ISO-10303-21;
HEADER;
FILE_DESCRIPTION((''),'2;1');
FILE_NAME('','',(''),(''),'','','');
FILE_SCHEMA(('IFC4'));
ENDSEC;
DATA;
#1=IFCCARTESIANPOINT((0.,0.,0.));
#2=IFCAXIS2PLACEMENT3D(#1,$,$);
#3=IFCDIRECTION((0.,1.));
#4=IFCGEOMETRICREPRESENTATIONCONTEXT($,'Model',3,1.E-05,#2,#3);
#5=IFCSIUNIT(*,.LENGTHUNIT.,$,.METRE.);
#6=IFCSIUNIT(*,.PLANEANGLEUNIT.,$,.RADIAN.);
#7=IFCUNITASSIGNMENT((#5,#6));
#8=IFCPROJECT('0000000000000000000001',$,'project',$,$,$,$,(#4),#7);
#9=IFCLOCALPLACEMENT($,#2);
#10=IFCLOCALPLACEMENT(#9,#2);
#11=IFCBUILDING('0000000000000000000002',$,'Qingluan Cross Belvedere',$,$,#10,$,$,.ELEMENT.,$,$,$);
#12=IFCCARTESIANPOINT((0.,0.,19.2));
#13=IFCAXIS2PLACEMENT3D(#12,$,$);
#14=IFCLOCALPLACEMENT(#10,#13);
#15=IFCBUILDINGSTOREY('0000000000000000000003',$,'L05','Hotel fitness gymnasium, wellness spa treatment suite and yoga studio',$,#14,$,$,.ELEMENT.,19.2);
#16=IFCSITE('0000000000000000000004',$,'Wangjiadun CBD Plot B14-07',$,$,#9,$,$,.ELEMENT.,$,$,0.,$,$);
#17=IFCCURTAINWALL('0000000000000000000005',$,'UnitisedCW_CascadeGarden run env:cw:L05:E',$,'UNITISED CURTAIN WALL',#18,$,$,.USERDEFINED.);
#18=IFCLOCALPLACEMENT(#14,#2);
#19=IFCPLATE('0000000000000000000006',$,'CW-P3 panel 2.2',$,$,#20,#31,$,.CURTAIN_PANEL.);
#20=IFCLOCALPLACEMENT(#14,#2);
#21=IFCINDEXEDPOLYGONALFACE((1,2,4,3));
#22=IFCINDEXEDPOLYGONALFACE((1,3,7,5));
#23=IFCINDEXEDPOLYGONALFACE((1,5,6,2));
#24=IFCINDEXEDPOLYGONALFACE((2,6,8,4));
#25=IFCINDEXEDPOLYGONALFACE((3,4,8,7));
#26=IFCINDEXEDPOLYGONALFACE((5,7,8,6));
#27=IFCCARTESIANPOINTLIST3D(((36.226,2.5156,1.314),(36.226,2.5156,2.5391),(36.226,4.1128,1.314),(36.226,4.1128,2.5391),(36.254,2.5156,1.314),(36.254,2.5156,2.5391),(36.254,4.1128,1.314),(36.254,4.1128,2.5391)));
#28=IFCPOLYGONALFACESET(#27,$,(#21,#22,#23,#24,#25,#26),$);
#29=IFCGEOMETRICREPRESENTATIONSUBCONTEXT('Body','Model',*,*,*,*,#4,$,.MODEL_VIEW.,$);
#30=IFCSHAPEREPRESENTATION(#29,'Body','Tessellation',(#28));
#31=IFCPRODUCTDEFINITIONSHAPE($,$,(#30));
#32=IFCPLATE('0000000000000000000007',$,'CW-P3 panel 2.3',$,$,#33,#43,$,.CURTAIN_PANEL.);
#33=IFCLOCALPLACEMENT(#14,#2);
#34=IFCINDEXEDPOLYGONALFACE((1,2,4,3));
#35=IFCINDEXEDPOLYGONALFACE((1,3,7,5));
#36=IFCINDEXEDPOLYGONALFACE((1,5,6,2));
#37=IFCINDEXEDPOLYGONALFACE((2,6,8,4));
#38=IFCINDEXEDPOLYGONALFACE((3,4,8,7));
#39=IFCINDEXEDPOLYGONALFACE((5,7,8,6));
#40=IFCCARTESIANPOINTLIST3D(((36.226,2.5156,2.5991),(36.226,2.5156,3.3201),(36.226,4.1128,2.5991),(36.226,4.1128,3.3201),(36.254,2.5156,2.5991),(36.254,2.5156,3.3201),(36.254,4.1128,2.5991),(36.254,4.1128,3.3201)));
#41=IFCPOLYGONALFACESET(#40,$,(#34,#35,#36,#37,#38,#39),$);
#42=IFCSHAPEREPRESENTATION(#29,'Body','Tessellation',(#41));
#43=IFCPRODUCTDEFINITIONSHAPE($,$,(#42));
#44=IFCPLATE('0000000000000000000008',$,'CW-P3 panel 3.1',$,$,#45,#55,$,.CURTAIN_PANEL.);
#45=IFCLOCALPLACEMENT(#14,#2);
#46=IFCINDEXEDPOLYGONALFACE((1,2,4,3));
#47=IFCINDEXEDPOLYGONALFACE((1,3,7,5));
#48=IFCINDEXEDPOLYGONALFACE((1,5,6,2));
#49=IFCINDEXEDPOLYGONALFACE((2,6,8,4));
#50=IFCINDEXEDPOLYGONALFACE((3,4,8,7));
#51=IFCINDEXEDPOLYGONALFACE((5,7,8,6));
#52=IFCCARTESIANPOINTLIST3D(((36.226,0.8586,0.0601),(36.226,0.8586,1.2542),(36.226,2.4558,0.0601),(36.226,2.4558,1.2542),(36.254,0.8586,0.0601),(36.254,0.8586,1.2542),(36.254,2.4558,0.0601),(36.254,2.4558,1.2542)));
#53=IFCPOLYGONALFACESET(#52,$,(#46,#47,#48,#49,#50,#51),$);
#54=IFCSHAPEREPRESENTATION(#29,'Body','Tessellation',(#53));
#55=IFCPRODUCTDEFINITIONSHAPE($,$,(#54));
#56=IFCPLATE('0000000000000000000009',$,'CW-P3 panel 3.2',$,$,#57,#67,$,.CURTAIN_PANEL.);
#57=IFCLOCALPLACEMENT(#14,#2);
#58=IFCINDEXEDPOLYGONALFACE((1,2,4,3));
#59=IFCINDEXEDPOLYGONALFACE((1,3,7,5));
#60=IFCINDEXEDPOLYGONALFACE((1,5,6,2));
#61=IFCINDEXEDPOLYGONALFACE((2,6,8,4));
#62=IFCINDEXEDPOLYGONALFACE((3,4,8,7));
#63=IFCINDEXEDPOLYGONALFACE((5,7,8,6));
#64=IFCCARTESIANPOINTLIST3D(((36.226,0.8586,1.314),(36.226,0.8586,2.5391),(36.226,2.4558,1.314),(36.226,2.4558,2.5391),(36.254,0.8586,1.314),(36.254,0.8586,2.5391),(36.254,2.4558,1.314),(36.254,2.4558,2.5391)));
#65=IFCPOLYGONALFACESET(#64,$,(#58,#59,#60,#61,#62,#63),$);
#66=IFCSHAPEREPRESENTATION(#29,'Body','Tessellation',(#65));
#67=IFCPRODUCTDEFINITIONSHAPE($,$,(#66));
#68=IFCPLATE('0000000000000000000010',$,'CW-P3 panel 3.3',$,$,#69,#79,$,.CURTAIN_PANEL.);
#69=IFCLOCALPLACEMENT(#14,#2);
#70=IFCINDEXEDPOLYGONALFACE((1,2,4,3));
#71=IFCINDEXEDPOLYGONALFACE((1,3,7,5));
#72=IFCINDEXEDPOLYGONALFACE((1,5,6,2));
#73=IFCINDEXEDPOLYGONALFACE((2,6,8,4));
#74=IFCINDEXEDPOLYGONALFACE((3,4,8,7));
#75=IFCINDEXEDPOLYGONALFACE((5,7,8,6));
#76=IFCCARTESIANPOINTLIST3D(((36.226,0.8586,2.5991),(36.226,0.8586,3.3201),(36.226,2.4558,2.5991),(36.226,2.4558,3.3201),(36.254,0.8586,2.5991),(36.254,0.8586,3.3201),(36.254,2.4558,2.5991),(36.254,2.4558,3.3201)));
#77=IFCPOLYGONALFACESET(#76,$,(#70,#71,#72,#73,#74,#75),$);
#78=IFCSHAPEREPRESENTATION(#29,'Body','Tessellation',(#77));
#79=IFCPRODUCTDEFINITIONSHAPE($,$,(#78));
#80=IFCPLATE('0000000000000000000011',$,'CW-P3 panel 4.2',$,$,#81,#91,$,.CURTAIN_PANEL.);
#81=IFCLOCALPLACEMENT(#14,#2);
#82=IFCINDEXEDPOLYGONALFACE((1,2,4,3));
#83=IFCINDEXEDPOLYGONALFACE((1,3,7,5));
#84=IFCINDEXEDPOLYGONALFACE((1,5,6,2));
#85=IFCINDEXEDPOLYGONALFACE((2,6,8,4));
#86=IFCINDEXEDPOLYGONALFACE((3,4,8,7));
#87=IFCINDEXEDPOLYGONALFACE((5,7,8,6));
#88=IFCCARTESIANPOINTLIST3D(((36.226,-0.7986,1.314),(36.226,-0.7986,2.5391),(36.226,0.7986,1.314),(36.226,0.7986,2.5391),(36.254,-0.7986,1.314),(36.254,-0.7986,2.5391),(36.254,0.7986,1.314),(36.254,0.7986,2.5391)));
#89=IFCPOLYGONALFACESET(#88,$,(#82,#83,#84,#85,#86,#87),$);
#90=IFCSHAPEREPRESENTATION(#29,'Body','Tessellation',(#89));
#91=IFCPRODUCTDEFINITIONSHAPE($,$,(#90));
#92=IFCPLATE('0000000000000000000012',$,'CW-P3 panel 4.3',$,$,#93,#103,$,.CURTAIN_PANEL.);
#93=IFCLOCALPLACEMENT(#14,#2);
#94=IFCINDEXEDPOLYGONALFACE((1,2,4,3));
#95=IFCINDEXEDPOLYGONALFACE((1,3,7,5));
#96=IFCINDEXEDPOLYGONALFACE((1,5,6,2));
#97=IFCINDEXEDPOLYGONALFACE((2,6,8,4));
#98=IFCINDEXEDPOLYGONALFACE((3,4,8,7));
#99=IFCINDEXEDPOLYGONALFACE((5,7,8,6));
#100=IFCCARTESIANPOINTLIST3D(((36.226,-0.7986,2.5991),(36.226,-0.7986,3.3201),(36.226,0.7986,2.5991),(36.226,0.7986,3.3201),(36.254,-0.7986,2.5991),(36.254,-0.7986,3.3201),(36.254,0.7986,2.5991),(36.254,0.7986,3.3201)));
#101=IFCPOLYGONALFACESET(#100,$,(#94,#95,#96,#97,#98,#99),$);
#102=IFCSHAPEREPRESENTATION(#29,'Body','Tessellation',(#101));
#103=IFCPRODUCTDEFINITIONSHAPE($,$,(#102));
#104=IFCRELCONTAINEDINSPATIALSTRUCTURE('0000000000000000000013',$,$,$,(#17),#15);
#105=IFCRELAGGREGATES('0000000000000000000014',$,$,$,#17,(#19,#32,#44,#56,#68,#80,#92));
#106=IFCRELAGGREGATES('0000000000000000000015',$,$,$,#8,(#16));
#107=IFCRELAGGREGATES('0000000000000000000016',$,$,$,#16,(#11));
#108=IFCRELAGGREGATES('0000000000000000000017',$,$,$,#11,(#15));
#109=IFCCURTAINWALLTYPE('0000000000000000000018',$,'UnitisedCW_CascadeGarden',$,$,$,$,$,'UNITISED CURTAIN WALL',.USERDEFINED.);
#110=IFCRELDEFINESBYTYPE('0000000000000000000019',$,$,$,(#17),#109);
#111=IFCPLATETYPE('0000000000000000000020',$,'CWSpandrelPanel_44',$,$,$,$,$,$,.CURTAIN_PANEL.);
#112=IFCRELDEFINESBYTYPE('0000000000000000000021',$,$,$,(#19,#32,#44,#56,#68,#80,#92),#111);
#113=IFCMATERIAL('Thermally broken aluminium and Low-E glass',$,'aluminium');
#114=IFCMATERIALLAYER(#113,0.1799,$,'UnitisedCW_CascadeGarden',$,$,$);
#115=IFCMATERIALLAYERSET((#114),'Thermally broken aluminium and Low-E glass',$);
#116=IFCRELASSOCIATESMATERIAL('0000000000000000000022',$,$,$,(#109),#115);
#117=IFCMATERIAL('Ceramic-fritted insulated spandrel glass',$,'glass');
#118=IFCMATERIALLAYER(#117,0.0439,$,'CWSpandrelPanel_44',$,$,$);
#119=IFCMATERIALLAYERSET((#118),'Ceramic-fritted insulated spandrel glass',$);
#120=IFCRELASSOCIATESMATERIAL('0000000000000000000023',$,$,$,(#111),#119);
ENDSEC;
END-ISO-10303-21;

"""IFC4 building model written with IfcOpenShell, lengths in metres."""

from ifc_helpers import new_model, si_unit, direction, frame, origin, origin_2d, place, context, subcontext, project, spatial, rectangle, extrude, material, layer, layer_set, type_object, element, aggregate, save


model = new_model("IFC4")

# Units and contexts
model_context = context("Model", 3, precision=1e-05, world=origin(), true_north=direction((0.0, 1.0)))
body_context = subcontext(model_context, "Body", "Model", "MODEL_VIEW")
ifc_project = project(units=[si_unit("LENGTHUNIT", "METRE"), si_unit("PLANEANGLEUNIT", "RADIAN")], contexts=[model_context])

# Site, building, storey
site_placement = place(None, origin())
site = spatial("IfcSite", under=ifc_project, at=site_placement, Name="Wangjiadun CBD Plot B14-07", CompositionType="ELEMENT", RefElevation=0.0)
building_placement = place(site_placement, origin())
building = spatial("IfcBuilding", under=site, at=building_placement, Name="Qingluan Cross Belvedere", CompositionType="ELEMENT")
storey_placement = place(building_placement, frame((0.0, 0.0, 19.2)))
storey = spatial("IfcBuildingStorey", under=building, at=storey_placement, Name="L05", Description="Hotel fitness gymnasium, wellness spa treatment suite and yoga studio", CompositionType="ELEMENT", Elevation=19.2)

# Curtain wall, plates
ifc_material_1 = material(Name="Thermally broken aluminium and Low-E glass", Category="aluminium")
ifc_layer_1 = layer(ifc_material_1, 0.1799, Name="UnitisedCW_CascadeGarden")
ifc_layer_set_1 = layer_set([ifc_layer_1], Name="Thermally broken aluminium and Low-E glass")
curtain_wall_type = type_object("IfcCurtainWallType", Name="UnitisedCW_CascadeGarden", ElementType="UNITISED CURTAIN WALL", PredefinedType="USERDEFINED", material=ifc_layer_set_1)
curtain_wall_placement = place(storey_placement, origin())
curtain_wall = element("IfcCurtainWall", 1, at=curtain_wall_placement, inside=storey, type_object=curtain_wall_type, Name="UnitisedCW_CascadeGarden run env:cw:L05:E", ObjectType="UNITISED CURTAIN WALL", PredefinedType="USERDEFINED")
ifc_material_2 = material(Name="Ceramic-fritted insulated spandrel glass", Category="glass")
ifc_layer_2 = layer(ifc_material_2, 0.0439, Name="CWSpandrelPanel_44")
ifc_layer_set_2 = layer_set([ifc_layer_2], Name="Ceramic-fritted insulated spandrel glass")
plate_type = type_object("IfcPlateType", Name="CWSpandrelPanel_44", PredefinedType="CURTAIN_PANEL", material=ifc_layer_set_2)
plate_1_placement = place(storey_placement, frame((36.24, 3.3142, 1.314), z_axis=(0.0, 0.0, 1.0), x_axis=(0.0, -1.0, 0.0)))
plate_1 = element("IfcPlate", 2, at=plate_1_placement, type_object=plate_type, Name="CW-P3 panel 2.2", PredefinedType="CURTAIN_PANEL", context=body_context, shape_type="SweptSolid", body=[
    extrude(rectangle(XDim=1.5972, YDim=0.0281, at=origin_2d()), origin(), (0.0, 0.0, 1.0), 1.2251),
])
plate_2_placement = place(storey_placement, frame((36.24, 3.3142, 2.5991), z_axis=(0.0, 0.0, 1.0), x_axis=(0.0, -1.0, 0.0)))
plate_2 = element("IfcPlate", 3, at=plate_2_placement, type_object=plate_type, Name="CW-P3 panel 2.3", PredefinedType="CURTAIN_PANEL", context=body_context, shape_type="SweptSolid", body=[
    extrude(rectangle(XDim=1.5972, YDim=0.0281, at=origin_2d()), origin(), (0.0, 0.0, 1.0), 0.7209),
])
plate_3_placement = place(storey_placement, frame((36.24, 1.6572, 0.0601), z_axis=(0.0, 0.0, 1.0), x_axis=(0.0, -1.0, 0.0)))
plate_3 = element("IfcPlate", 4, at=plate_3_placement, type_object=plate_type, Name="CW-P3 panel 3.1", PredefinedType="CURTAIN_PANEL", context=body_context, shape_type="SweptSolid", body=[
    extrude(rectangle(XDim=1.5972, YDim=0.0281, at=origin_2d()), origin(), (0.0, 0.0, 1.0), 1.1941),
])
plate_4_placement = place(storey_placement, frame((36.24, 1.6572, 1.314), z_axis=(0.0, 0.0, 1.0), x_axis=(0.0, -1.0, 0.0)))
plate_4 = element("IfcPlate", 5, at=plate_4_placement, type_object=plate_type, Name="CW-P3 panel 3.2", PredefinedType="CURTAIN_PANEL", context=body_context, shape_type="SweptSolid", body=[
    extrude(rectangle(XDim=1.5972, YDim=0.0281, at=origin_2d()), origin(), (0.0, 0.0, 1.0), 1.2251),
])
plate_5_placement = place(storey_placement, frame((36.24, 1.6572, 2.5991), z_axis=(0.0, 0.0, 1.0), x_axis=(0.0, -1.0, 0.0)))
plate_5 = element("IfcPlate", 6, at=plate_5_placement, type_object=plate_type, Name="CW-P3 panel 3.3", PredefinedType="CURTAIN_PANEL", context=body_context, shape_type="SweptSolid", body=[
    extrude(rectangle(XDim=1.5972, YDim=0.0281, at=origin_2d()), origin(), (0.0, 0.0, 1.0), 0.7209),
])
plate_6_placement = place(storey_placement, frame((36.24, 0.0, 1.314), z_axis=(0.0, 0.0, 1.0), x_axis=(0.0, -1.0, 0.0)))
plate_6 = element("IfcPlate", 7, at=plate_6_placement, type_object=plate_type, Name="CW-P3 panel 4.2", PredefinedType="CURTAIN_PANEL", context=body_context, shape_type="SweptSolid", body=[
    extrude(rectangle(XDim=1.5972, YDim=0.0281, at=origin_2d()), origin(), (0.0, 0.0, 1.0), 1.2251),
])
plate_7_placement = place(storey_placement, frame((36.24, 0.0, 2.5991), z_axis=(0.0, 0.0, 1.0), x_axis=(0.0, -1.0, 0.0)))
plate_7 = element("IfcPlate", 8, at=plate_7_placement, type_object=plate_type, Name="CW-P3 panel 4.3", PredefinedType="CURTAIN_PANEL", context=body_context, shape_type="SweptSolid", body=[
    extrude(rectangle(XDim=1.5972, YDim=0.0281, at=origin_2d()), origin(), (0.0, 0.0, 1.0), 0.7209),
])
aggregate(curtain_wall, [plate_1, plate_2, plate_3, plate_4, plate_5, plate_6, plate_7])

save(model, "model.ifc")
